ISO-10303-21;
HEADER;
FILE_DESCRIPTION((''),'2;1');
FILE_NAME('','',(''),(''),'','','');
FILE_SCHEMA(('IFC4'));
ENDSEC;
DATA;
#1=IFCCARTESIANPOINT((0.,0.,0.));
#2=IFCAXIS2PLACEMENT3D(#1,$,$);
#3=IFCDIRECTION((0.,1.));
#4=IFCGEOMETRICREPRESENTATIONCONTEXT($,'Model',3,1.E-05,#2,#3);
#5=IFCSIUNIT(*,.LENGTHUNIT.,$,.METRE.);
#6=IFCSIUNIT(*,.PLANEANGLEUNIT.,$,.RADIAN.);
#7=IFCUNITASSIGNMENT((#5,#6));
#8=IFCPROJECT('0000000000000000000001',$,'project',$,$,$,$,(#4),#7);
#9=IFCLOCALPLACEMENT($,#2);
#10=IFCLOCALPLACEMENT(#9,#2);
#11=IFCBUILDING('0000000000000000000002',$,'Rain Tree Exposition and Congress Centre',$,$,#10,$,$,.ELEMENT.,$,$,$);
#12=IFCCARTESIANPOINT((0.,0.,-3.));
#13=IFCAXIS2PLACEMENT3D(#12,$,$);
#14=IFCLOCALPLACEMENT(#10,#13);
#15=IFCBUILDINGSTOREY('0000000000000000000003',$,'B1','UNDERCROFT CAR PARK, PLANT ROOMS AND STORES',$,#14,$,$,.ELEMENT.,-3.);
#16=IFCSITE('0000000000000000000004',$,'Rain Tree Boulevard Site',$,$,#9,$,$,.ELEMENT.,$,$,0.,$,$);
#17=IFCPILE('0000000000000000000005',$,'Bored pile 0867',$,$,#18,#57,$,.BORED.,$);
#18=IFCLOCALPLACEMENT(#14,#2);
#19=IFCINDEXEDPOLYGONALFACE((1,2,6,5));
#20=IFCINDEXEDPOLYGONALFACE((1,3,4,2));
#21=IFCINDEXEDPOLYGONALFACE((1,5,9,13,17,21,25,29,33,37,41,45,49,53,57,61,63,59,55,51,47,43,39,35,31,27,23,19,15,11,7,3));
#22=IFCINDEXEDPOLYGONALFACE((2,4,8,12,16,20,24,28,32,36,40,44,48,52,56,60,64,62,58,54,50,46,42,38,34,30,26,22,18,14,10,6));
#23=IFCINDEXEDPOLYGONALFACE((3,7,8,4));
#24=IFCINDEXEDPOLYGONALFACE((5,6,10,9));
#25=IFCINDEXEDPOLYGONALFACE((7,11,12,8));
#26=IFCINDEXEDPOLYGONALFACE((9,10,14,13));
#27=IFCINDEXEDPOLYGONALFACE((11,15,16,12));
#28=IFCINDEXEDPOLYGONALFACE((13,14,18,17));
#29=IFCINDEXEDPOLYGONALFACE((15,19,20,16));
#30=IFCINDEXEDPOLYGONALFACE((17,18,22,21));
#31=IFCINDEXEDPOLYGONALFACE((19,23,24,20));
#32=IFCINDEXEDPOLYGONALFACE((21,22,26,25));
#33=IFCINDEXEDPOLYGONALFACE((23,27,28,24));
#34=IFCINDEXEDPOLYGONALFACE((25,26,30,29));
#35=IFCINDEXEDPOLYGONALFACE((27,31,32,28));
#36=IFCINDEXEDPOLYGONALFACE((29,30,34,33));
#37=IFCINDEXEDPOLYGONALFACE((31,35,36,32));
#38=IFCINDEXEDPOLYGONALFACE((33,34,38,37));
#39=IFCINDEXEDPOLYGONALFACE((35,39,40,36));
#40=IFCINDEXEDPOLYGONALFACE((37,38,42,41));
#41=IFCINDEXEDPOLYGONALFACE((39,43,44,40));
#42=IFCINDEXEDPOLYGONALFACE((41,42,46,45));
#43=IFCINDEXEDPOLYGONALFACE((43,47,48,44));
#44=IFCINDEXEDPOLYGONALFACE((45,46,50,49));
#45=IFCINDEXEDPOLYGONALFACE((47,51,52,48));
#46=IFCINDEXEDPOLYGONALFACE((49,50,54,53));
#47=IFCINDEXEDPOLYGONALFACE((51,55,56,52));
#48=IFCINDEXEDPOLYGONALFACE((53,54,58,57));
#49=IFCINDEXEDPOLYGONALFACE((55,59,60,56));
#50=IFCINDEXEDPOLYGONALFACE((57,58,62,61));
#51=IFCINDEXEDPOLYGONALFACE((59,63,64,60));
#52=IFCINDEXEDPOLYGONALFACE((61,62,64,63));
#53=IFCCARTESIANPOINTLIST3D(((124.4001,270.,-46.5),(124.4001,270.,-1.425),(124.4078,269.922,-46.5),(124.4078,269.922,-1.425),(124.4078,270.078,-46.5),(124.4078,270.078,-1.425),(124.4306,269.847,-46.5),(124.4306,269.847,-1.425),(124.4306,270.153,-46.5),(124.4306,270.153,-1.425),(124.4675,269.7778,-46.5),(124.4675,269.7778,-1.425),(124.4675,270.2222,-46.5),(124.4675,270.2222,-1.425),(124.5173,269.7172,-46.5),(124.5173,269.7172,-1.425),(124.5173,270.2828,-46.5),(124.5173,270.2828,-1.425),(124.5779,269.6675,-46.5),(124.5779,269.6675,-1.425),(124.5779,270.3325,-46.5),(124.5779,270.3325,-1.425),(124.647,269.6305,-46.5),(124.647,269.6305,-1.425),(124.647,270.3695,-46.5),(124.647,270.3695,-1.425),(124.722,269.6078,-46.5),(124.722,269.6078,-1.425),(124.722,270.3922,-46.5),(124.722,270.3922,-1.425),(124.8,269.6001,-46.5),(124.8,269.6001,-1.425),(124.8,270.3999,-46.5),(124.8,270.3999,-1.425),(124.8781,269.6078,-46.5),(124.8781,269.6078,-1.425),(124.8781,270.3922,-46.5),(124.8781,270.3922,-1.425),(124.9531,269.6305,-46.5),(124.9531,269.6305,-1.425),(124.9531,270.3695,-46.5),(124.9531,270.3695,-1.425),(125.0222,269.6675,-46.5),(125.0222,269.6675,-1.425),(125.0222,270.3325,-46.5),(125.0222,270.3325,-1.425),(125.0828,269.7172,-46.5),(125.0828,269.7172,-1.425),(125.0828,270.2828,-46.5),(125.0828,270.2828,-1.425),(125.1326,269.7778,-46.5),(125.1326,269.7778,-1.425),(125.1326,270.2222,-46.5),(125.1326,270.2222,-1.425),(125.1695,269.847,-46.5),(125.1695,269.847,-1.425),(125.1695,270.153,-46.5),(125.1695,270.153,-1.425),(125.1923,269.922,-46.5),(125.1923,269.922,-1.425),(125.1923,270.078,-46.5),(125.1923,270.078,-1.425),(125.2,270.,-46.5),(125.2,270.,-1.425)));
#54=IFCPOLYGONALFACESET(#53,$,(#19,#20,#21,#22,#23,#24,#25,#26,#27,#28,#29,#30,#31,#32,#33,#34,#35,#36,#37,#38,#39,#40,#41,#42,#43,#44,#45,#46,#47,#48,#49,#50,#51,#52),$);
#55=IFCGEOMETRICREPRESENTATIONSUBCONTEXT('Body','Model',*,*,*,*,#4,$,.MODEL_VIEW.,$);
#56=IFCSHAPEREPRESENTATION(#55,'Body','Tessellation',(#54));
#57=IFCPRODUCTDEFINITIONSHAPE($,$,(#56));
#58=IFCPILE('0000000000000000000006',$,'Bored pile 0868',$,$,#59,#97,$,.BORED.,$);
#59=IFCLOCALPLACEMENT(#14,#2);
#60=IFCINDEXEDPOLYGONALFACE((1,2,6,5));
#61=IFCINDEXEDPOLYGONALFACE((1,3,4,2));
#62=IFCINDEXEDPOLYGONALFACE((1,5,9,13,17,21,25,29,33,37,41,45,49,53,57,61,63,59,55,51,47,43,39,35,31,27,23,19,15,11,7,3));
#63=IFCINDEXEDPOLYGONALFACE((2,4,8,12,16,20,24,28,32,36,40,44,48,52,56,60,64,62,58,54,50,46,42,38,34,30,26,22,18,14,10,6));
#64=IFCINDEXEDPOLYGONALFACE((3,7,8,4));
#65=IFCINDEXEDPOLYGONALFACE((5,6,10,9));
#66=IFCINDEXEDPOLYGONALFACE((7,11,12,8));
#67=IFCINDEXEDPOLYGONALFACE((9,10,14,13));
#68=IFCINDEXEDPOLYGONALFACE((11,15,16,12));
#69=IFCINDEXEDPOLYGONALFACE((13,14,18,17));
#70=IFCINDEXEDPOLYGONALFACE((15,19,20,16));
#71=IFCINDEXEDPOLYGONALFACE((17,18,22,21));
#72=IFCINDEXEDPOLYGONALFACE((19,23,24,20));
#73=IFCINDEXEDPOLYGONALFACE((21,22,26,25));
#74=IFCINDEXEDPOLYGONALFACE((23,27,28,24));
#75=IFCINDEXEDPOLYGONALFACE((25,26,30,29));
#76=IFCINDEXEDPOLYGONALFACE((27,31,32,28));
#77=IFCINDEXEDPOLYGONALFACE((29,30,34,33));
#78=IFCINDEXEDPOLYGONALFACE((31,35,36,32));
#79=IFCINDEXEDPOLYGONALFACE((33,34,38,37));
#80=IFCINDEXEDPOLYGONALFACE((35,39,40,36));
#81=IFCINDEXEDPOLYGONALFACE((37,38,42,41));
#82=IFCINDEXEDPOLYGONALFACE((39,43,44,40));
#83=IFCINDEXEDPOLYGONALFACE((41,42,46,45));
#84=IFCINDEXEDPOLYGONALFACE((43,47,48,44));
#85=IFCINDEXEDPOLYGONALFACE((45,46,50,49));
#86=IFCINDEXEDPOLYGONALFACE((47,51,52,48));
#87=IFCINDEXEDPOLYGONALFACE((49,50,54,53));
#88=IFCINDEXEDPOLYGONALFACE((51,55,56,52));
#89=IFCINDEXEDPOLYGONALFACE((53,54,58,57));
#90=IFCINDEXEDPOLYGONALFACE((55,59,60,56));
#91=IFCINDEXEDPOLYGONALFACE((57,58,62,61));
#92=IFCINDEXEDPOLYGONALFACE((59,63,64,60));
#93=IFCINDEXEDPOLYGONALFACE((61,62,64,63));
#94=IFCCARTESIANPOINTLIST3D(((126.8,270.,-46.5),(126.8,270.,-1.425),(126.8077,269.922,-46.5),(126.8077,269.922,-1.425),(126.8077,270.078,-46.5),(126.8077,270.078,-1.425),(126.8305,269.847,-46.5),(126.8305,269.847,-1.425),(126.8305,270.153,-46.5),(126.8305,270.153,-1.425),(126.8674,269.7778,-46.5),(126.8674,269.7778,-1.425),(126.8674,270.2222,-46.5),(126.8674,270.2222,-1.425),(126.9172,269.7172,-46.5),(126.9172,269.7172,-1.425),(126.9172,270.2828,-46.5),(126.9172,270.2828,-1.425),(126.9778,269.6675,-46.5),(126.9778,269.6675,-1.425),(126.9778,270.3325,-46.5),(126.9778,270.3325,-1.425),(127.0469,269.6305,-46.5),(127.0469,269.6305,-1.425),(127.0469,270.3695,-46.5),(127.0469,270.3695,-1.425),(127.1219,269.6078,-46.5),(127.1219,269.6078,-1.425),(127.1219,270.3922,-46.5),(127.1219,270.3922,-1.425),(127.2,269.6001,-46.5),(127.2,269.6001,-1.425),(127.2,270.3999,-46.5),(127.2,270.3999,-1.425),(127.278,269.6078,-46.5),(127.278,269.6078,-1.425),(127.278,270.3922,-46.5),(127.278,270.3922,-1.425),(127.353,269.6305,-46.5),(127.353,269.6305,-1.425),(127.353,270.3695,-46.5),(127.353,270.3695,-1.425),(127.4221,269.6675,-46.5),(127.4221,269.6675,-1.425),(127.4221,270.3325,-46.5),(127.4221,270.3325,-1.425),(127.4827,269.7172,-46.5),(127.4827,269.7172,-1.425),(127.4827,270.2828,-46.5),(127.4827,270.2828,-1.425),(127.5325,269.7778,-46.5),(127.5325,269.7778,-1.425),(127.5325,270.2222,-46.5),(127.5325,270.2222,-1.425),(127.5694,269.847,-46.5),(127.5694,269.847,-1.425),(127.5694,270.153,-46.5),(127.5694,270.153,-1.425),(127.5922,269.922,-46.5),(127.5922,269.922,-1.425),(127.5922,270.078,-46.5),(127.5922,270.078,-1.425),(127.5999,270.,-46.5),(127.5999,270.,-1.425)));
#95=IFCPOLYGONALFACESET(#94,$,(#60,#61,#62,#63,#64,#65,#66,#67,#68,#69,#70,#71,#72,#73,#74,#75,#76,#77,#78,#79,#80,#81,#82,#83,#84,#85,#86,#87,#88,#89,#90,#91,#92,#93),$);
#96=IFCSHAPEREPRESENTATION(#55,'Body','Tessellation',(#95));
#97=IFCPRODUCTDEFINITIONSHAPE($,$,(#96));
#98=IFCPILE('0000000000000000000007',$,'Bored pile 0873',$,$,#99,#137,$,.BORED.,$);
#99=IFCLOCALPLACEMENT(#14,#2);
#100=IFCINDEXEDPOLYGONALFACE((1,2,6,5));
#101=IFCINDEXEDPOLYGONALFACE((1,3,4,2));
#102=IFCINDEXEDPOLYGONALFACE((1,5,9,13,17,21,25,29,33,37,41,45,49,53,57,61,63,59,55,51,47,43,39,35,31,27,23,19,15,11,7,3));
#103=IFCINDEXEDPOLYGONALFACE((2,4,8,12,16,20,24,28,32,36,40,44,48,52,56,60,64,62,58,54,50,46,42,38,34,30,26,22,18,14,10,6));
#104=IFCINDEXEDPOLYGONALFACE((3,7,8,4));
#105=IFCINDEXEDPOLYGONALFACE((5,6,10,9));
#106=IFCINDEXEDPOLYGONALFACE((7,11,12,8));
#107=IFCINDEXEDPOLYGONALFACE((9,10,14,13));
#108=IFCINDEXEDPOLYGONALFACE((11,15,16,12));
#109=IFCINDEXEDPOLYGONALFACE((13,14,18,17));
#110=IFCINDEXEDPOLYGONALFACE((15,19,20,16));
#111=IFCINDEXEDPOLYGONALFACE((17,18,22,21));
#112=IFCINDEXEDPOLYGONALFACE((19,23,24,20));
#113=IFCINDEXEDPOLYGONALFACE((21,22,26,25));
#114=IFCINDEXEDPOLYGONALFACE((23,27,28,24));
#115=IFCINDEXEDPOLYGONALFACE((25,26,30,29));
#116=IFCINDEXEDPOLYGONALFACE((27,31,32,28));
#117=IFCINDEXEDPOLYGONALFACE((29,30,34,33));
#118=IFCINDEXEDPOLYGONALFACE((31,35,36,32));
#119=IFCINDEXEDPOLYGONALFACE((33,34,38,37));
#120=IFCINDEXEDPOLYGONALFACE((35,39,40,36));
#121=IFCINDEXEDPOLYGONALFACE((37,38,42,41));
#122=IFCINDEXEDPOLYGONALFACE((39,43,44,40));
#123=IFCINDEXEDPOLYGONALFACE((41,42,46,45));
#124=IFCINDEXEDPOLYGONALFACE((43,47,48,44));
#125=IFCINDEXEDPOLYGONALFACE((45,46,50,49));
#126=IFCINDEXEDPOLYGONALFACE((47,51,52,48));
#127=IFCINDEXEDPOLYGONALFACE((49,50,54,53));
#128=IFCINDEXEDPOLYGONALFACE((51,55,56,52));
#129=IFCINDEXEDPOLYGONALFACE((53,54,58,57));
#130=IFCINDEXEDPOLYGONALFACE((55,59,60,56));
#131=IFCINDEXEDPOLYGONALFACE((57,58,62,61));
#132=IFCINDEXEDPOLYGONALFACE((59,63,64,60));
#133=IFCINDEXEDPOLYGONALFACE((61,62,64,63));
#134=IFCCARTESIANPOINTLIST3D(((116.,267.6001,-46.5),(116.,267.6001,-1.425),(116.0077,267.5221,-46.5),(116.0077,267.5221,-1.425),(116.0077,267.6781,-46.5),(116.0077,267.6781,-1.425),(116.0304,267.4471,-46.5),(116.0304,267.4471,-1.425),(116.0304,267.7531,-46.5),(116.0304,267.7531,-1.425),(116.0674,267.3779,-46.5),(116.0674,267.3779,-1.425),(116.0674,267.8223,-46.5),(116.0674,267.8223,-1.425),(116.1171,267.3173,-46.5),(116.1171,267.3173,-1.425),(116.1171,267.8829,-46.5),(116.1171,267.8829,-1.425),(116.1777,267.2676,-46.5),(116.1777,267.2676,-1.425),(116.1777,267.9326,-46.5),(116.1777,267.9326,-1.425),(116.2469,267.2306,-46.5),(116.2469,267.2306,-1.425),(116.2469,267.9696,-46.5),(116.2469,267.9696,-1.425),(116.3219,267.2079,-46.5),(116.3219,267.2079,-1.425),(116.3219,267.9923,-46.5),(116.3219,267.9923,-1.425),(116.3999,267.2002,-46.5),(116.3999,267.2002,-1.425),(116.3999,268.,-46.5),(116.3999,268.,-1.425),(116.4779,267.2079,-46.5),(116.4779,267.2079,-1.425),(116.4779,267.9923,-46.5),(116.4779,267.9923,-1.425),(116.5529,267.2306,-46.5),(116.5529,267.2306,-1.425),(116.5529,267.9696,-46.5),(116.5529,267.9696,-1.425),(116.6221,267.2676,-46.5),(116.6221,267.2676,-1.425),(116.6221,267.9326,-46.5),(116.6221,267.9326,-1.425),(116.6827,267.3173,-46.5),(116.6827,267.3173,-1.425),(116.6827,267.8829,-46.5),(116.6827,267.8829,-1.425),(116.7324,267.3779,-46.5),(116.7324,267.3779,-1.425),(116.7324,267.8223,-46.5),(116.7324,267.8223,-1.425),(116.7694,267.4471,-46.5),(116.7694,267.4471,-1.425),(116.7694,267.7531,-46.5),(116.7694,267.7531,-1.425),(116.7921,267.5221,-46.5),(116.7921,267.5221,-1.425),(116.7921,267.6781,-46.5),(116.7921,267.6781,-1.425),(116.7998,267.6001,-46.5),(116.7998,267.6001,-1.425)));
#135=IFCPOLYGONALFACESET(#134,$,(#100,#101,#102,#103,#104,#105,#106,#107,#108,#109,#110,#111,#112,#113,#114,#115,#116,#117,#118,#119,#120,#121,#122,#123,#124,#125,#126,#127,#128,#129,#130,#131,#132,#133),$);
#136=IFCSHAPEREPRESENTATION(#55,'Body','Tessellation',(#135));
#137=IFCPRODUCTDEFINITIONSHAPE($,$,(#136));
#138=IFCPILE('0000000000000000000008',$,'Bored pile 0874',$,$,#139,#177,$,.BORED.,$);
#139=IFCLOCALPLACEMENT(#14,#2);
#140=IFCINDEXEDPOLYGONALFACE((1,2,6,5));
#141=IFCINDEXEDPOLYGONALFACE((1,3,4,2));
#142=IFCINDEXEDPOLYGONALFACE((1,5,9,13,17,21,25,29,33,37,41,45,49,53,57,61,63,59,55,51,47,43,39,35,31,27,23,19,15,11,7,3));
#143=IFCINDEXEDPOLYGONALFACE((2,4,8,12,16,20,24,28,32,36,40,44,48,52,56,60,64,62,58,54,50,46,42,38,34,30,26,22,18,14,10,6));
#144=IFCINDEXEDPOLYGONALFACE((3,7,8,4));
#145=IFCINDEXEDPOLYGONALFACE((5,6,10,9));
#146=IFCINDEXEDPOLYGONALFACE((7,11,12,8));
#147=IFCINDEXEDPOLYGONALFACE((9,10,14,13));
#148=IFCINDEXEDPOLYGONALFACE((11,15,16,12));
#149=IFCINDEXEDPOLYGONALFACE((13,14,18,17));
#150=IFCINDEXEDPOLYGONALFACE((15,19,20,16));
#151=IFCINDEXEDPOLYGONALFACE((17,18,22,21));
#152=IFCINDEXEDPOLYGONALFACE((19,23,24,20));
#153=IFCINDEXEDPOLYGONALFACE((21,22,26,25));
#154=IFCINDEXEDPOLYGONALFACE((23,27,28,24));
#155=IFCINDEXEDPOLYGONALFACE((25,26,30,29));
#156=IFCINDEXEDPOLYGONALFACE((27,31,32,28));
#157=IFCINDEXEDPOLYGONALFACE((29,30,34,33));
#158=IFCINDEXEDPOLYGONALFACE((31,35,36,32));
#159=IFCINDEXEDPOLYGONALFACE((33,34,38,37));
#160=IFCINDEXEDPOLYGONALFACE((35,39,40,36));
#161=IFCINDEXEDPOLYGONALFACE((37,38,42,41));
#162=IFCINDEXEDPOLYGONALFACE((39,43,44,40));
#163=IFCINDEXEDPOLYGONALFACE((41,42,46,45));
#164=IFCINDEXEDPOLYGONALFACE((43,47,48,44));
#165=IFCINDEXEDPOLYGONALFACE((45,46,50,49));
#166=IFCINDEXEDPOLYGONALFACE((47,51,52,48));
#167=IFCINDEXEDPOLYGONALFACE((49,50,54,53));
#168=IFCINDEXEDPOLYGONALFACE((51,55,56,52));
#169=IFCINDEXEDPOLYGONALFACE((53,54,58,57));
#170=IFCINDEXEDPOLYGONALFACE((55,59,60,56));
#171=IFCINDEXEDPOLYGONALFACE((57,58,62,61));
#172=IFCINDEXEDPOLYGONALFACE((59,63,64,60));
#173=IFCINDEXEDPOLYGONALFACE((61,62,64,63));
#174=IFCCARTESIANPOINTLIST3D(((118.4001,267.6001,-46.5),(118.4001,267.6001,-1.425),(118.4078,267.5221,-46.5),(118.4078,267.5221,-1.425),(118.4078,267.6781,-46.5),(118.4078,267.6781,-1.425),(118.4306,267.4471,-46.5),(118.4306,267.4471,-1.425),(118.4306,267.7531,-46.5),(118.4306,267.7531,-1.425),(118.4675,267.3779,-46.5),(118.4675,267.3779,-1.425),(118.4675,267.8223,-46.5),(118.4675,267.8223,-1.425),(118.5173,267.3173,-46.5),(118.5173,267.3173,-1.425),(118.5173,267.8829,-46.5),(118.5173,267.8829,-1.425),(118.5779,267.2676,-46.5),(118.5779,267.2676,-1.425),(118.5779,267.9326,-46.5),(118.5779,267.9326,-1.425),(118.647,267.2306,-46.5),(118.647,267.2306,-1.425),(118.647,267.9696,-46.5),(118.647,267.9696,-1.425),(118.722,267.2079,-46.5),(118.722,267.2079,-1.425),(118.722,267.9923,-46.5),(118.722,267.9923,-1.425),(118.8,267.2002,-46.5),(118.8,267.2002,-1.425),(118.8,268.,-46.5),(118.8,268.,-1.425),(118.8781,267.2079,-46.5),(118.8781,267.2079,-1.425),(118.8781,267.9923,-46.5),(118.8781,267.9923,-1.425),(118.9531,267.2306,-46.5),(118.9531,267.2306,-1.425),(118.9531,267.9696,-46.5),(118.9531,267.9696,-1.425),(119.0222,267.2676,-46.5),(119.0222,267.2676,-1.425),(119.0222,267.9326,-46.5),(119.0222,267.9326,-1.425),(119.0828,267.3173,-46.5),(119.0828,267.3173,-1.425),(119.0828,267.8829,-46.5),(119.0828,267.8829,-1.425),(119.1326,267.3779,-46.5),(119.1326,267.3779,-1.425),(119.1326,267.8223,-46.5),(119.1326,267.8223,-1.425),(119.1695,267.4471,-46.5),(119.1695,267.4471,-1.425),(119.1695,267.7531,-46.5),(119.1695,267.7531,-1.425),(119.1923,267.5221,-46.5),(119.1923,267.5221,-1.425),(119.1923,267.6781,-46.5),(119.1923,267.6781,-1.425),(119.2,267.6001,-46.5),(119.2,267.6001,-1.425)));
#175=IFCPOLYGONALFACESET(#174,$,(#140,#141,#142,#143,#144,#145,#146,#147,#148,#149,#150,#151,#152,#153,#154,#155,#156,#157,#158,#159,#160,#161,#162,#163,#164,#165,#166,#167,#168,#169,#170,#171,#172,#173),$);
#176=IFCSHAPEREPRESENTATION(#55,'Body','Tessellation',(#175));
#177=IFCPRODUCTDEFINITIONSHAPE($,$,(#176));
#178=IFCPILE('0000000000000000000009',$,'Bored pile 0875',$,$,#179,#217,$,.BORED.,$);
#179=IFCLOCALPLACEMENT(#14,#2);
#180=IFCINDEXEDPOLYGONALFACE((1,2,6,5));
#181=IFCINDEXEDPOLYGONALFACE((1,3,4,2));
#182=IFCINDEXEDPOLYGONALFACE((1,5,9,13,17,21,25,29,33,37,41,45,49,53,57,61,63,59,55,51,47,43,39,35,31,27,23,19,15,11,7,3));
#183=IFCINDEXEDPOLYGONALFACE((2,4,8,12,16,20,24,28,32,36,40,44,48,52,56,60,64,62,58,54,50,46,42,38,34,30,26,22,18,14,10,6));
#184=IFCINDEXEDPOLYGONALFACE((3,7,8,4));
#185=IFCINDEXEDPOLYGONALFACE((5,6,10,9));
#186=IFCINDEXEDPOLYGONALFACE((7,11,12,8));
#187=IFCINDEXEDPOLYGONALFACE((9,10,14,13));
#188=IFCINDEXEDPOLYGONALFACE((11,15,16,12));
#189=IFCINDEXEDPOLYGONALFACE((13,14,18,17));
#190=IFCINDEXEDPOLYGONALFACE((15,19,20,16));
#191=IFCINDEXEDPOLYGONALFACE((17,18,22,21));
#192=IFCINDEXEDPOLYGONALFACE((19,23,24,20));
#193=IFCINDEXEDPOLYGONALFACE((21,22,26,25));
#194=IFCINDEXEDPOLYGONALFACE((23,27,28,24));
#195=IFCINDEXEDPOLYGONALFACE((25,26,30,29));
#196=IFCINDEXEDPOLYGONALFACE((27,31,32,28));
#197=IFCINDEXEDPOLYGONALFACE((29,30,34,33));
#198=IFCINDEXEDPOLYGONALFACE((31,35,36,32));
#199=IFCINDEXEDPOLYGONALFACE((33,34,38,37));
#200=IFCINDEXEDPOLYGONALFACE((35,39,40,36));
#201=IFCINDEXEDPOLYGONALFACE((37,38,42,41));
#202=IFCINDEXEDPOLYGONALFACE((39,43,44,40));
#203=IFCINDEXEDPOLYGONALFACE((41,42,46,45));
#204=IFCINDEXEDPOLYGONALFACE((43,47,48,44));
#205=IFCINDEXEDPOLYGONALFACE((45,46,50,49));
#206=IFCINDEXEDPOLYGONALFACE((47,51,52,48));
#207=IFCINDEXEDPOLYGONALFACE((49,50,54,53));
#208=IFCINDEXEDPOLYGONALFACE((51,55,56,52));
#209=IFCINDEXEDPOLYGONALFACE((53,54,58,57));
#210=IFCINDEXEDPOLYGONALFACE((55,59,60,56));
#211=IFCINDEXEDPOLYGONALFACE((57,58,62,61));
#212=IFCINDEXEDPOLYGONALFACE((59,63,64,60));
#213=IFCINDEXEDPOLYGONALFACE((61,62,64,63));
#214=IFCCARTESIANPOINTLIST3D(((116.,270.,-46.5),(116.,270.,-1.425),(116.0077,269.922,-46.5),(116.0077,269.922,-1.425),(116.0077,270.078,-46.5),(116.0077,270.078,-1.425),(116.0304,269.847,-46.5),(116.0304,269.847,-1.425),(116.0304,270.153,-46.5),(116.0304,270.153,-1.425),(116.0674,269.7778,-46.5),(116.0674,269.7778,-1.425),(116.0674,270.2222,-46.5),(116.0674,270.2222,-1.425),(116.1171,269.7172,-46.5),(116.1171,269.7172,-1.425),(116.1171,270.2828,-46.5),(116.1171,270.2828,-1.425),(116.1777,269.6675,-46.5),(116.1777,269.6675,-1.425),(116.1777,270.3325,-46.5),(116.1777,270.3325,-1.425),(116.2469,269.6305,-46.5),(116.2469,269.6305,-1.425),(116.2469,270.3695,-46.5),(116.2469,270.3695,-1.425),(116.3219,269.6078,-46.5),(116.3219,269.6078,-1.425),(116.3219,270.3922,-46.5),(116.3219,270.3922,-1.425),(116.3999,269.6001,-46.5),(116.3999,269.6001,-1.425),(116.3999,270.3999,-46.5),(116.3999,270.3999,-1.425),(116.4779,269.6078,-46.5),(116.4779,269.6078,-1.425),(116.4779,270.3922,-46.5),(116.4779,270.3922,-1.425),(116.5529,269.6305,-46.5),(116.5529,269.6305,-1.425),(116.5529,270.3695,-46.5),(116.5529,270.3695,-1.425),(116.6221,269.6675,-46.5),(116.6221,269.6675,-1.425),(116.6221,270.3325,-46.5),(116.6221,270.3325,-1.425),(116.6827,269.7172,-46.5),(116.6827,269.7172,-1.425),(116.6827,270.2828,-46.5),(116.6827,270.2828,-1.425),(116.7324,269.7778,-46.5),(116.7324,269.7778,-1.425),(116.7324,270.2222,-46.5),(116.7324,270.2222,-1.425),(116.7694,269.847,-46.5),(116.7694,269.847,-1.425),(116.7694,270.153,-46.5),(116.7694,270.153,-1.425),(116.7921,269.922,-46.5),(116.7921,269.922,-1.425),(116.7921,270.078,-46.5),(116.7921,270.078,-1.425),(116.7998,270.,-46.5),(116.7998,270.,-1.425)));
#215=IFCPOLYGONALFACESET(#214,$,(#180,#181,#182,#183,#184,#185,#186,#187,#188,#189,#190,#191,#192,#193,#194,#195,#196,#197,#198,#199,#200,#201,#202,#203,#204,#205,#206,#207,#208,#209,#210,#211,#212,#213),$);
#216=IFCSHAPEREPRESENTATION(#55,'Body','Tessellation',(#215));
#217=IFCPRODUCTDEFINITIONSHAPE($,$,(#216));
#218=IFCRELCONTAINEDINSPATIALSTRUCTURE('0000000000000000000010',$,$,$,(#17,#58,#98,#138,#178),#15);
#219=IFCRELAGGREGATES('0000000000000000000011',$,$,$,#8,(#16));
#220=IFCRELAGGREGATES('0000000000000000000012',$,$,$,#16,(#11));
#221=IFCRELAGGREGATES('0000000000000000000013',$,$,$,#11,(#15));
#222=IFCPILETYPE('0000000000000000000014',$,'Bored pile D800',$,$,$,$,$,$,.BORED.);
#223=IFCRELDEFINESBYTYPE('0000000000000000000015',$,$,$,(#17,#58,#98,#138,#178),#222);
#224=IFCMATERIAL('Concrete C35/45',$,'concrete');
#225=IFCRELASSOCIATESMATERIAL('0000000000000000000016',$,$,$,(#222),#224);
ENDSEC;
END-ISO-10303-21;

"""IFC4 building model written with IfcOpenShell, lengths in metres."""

from ifc_helpers import new_model, si_unit, direction, frame, origin, origin_2d, place, context, subcontext, project, spatial, circle, extrude, material, material_profile, profile_set, type_object, element, save


model = new_model("IFC4")

# Units and contexts
model_context = context("Model", 3, precision=1e-05, world=origin(), true_north=direction((0.0, 1.0)))
body_context = subcontext(model_context, "Body", "Model", "MODEL_VIEW")
ifc_project = project(units=[si_unit("LENGTHUNIT", "METRE"), si_unit("PLANEANGLEUNIT", "RADIAN")], contexts=[model_context])

# Site, building, storey
site_placement = place(None, origin())
site = spatial("IfcSite", under=ifc_project, at=site_placement, Name="Rain Tree Boulevard Site", CompositionType="ELEMENT", RefElevation=0.0)
building_placement = place(site_placement, origin())
building = spatial("IfcBuilding", under=site, at=building_placement, Name="Rain Tree Exposition and Congress Centre", CompositionType="ELEMENT")
storey_placement = place(building_placement, frame((0.0, 0.0, -3.0)))
storey = spatial("IfcBuildingStorey", under=building, at=storey_placement, Name="B1", Description="UNDERCROFT CAR PARK, PLANT ROOMS AND STORES", CompositionType="ELEMENT", Elevation=-3.0)

# Piles
ifc_material_1 = material(Name="Concrete C35/45", Category="concrete")
ifc_material_profile_1 = material_profile(ifc_material_1, circle(Radius=0.3999, at=origin_2d()), Name="D800")
ifc_profile_set_1 = profile_set([ifc_material_profile_1], Name="Concrete C35/45")
pile_type_1 = type_object("IfcPileType", Name="Bored pile D800", PredefinedType="BORED", material=ifc_profile_set_1)
for number, where, z_axis, x_axis, name in (
    (1, (124.8, 270.0, -1.425), (0.0, 0.0, -1.0), (1.0, 0.0, 0.0), "Bored pile 0867"),
    (2, (127.2, 270.0, -1.425), (0.0, 0.0, -1.0), (1.0, 0.0, 0.0), "Bored pile 0868"),
    (3, (116.3999, 267.6001, -1.425), (0.0, 0.0, -1.0), (1.0, 0.0, 0.0), "Bored pile 0873"),
    (4, (118.8, 267.6001, -1.425), (0.0, 0.0, -1.0), (1.0, 0.0, 0.0), "Bored pile 0874"),
    (5, (116.3999, 270.0, -1.425), (0.0, 0.0, -1.0), (1.0, 0.0, 0.0), "Bored pile 0875"),
):
    element("IfcPile", number, at=place(storey_placement, frame(where, z_axis=z_axis, x_axis=x_axis)), inside=storey, type_object=pile_type_1, Name=name, PredefinedType="BORED", context=body_context, shape_type="SweptSolid", body=[
        extrude(circle(Radius=0.3999, at=origin_2d()), origin(), (0.0, 0.0, 1.0), 45.075),
    ])

save(model, "model.ifc")
